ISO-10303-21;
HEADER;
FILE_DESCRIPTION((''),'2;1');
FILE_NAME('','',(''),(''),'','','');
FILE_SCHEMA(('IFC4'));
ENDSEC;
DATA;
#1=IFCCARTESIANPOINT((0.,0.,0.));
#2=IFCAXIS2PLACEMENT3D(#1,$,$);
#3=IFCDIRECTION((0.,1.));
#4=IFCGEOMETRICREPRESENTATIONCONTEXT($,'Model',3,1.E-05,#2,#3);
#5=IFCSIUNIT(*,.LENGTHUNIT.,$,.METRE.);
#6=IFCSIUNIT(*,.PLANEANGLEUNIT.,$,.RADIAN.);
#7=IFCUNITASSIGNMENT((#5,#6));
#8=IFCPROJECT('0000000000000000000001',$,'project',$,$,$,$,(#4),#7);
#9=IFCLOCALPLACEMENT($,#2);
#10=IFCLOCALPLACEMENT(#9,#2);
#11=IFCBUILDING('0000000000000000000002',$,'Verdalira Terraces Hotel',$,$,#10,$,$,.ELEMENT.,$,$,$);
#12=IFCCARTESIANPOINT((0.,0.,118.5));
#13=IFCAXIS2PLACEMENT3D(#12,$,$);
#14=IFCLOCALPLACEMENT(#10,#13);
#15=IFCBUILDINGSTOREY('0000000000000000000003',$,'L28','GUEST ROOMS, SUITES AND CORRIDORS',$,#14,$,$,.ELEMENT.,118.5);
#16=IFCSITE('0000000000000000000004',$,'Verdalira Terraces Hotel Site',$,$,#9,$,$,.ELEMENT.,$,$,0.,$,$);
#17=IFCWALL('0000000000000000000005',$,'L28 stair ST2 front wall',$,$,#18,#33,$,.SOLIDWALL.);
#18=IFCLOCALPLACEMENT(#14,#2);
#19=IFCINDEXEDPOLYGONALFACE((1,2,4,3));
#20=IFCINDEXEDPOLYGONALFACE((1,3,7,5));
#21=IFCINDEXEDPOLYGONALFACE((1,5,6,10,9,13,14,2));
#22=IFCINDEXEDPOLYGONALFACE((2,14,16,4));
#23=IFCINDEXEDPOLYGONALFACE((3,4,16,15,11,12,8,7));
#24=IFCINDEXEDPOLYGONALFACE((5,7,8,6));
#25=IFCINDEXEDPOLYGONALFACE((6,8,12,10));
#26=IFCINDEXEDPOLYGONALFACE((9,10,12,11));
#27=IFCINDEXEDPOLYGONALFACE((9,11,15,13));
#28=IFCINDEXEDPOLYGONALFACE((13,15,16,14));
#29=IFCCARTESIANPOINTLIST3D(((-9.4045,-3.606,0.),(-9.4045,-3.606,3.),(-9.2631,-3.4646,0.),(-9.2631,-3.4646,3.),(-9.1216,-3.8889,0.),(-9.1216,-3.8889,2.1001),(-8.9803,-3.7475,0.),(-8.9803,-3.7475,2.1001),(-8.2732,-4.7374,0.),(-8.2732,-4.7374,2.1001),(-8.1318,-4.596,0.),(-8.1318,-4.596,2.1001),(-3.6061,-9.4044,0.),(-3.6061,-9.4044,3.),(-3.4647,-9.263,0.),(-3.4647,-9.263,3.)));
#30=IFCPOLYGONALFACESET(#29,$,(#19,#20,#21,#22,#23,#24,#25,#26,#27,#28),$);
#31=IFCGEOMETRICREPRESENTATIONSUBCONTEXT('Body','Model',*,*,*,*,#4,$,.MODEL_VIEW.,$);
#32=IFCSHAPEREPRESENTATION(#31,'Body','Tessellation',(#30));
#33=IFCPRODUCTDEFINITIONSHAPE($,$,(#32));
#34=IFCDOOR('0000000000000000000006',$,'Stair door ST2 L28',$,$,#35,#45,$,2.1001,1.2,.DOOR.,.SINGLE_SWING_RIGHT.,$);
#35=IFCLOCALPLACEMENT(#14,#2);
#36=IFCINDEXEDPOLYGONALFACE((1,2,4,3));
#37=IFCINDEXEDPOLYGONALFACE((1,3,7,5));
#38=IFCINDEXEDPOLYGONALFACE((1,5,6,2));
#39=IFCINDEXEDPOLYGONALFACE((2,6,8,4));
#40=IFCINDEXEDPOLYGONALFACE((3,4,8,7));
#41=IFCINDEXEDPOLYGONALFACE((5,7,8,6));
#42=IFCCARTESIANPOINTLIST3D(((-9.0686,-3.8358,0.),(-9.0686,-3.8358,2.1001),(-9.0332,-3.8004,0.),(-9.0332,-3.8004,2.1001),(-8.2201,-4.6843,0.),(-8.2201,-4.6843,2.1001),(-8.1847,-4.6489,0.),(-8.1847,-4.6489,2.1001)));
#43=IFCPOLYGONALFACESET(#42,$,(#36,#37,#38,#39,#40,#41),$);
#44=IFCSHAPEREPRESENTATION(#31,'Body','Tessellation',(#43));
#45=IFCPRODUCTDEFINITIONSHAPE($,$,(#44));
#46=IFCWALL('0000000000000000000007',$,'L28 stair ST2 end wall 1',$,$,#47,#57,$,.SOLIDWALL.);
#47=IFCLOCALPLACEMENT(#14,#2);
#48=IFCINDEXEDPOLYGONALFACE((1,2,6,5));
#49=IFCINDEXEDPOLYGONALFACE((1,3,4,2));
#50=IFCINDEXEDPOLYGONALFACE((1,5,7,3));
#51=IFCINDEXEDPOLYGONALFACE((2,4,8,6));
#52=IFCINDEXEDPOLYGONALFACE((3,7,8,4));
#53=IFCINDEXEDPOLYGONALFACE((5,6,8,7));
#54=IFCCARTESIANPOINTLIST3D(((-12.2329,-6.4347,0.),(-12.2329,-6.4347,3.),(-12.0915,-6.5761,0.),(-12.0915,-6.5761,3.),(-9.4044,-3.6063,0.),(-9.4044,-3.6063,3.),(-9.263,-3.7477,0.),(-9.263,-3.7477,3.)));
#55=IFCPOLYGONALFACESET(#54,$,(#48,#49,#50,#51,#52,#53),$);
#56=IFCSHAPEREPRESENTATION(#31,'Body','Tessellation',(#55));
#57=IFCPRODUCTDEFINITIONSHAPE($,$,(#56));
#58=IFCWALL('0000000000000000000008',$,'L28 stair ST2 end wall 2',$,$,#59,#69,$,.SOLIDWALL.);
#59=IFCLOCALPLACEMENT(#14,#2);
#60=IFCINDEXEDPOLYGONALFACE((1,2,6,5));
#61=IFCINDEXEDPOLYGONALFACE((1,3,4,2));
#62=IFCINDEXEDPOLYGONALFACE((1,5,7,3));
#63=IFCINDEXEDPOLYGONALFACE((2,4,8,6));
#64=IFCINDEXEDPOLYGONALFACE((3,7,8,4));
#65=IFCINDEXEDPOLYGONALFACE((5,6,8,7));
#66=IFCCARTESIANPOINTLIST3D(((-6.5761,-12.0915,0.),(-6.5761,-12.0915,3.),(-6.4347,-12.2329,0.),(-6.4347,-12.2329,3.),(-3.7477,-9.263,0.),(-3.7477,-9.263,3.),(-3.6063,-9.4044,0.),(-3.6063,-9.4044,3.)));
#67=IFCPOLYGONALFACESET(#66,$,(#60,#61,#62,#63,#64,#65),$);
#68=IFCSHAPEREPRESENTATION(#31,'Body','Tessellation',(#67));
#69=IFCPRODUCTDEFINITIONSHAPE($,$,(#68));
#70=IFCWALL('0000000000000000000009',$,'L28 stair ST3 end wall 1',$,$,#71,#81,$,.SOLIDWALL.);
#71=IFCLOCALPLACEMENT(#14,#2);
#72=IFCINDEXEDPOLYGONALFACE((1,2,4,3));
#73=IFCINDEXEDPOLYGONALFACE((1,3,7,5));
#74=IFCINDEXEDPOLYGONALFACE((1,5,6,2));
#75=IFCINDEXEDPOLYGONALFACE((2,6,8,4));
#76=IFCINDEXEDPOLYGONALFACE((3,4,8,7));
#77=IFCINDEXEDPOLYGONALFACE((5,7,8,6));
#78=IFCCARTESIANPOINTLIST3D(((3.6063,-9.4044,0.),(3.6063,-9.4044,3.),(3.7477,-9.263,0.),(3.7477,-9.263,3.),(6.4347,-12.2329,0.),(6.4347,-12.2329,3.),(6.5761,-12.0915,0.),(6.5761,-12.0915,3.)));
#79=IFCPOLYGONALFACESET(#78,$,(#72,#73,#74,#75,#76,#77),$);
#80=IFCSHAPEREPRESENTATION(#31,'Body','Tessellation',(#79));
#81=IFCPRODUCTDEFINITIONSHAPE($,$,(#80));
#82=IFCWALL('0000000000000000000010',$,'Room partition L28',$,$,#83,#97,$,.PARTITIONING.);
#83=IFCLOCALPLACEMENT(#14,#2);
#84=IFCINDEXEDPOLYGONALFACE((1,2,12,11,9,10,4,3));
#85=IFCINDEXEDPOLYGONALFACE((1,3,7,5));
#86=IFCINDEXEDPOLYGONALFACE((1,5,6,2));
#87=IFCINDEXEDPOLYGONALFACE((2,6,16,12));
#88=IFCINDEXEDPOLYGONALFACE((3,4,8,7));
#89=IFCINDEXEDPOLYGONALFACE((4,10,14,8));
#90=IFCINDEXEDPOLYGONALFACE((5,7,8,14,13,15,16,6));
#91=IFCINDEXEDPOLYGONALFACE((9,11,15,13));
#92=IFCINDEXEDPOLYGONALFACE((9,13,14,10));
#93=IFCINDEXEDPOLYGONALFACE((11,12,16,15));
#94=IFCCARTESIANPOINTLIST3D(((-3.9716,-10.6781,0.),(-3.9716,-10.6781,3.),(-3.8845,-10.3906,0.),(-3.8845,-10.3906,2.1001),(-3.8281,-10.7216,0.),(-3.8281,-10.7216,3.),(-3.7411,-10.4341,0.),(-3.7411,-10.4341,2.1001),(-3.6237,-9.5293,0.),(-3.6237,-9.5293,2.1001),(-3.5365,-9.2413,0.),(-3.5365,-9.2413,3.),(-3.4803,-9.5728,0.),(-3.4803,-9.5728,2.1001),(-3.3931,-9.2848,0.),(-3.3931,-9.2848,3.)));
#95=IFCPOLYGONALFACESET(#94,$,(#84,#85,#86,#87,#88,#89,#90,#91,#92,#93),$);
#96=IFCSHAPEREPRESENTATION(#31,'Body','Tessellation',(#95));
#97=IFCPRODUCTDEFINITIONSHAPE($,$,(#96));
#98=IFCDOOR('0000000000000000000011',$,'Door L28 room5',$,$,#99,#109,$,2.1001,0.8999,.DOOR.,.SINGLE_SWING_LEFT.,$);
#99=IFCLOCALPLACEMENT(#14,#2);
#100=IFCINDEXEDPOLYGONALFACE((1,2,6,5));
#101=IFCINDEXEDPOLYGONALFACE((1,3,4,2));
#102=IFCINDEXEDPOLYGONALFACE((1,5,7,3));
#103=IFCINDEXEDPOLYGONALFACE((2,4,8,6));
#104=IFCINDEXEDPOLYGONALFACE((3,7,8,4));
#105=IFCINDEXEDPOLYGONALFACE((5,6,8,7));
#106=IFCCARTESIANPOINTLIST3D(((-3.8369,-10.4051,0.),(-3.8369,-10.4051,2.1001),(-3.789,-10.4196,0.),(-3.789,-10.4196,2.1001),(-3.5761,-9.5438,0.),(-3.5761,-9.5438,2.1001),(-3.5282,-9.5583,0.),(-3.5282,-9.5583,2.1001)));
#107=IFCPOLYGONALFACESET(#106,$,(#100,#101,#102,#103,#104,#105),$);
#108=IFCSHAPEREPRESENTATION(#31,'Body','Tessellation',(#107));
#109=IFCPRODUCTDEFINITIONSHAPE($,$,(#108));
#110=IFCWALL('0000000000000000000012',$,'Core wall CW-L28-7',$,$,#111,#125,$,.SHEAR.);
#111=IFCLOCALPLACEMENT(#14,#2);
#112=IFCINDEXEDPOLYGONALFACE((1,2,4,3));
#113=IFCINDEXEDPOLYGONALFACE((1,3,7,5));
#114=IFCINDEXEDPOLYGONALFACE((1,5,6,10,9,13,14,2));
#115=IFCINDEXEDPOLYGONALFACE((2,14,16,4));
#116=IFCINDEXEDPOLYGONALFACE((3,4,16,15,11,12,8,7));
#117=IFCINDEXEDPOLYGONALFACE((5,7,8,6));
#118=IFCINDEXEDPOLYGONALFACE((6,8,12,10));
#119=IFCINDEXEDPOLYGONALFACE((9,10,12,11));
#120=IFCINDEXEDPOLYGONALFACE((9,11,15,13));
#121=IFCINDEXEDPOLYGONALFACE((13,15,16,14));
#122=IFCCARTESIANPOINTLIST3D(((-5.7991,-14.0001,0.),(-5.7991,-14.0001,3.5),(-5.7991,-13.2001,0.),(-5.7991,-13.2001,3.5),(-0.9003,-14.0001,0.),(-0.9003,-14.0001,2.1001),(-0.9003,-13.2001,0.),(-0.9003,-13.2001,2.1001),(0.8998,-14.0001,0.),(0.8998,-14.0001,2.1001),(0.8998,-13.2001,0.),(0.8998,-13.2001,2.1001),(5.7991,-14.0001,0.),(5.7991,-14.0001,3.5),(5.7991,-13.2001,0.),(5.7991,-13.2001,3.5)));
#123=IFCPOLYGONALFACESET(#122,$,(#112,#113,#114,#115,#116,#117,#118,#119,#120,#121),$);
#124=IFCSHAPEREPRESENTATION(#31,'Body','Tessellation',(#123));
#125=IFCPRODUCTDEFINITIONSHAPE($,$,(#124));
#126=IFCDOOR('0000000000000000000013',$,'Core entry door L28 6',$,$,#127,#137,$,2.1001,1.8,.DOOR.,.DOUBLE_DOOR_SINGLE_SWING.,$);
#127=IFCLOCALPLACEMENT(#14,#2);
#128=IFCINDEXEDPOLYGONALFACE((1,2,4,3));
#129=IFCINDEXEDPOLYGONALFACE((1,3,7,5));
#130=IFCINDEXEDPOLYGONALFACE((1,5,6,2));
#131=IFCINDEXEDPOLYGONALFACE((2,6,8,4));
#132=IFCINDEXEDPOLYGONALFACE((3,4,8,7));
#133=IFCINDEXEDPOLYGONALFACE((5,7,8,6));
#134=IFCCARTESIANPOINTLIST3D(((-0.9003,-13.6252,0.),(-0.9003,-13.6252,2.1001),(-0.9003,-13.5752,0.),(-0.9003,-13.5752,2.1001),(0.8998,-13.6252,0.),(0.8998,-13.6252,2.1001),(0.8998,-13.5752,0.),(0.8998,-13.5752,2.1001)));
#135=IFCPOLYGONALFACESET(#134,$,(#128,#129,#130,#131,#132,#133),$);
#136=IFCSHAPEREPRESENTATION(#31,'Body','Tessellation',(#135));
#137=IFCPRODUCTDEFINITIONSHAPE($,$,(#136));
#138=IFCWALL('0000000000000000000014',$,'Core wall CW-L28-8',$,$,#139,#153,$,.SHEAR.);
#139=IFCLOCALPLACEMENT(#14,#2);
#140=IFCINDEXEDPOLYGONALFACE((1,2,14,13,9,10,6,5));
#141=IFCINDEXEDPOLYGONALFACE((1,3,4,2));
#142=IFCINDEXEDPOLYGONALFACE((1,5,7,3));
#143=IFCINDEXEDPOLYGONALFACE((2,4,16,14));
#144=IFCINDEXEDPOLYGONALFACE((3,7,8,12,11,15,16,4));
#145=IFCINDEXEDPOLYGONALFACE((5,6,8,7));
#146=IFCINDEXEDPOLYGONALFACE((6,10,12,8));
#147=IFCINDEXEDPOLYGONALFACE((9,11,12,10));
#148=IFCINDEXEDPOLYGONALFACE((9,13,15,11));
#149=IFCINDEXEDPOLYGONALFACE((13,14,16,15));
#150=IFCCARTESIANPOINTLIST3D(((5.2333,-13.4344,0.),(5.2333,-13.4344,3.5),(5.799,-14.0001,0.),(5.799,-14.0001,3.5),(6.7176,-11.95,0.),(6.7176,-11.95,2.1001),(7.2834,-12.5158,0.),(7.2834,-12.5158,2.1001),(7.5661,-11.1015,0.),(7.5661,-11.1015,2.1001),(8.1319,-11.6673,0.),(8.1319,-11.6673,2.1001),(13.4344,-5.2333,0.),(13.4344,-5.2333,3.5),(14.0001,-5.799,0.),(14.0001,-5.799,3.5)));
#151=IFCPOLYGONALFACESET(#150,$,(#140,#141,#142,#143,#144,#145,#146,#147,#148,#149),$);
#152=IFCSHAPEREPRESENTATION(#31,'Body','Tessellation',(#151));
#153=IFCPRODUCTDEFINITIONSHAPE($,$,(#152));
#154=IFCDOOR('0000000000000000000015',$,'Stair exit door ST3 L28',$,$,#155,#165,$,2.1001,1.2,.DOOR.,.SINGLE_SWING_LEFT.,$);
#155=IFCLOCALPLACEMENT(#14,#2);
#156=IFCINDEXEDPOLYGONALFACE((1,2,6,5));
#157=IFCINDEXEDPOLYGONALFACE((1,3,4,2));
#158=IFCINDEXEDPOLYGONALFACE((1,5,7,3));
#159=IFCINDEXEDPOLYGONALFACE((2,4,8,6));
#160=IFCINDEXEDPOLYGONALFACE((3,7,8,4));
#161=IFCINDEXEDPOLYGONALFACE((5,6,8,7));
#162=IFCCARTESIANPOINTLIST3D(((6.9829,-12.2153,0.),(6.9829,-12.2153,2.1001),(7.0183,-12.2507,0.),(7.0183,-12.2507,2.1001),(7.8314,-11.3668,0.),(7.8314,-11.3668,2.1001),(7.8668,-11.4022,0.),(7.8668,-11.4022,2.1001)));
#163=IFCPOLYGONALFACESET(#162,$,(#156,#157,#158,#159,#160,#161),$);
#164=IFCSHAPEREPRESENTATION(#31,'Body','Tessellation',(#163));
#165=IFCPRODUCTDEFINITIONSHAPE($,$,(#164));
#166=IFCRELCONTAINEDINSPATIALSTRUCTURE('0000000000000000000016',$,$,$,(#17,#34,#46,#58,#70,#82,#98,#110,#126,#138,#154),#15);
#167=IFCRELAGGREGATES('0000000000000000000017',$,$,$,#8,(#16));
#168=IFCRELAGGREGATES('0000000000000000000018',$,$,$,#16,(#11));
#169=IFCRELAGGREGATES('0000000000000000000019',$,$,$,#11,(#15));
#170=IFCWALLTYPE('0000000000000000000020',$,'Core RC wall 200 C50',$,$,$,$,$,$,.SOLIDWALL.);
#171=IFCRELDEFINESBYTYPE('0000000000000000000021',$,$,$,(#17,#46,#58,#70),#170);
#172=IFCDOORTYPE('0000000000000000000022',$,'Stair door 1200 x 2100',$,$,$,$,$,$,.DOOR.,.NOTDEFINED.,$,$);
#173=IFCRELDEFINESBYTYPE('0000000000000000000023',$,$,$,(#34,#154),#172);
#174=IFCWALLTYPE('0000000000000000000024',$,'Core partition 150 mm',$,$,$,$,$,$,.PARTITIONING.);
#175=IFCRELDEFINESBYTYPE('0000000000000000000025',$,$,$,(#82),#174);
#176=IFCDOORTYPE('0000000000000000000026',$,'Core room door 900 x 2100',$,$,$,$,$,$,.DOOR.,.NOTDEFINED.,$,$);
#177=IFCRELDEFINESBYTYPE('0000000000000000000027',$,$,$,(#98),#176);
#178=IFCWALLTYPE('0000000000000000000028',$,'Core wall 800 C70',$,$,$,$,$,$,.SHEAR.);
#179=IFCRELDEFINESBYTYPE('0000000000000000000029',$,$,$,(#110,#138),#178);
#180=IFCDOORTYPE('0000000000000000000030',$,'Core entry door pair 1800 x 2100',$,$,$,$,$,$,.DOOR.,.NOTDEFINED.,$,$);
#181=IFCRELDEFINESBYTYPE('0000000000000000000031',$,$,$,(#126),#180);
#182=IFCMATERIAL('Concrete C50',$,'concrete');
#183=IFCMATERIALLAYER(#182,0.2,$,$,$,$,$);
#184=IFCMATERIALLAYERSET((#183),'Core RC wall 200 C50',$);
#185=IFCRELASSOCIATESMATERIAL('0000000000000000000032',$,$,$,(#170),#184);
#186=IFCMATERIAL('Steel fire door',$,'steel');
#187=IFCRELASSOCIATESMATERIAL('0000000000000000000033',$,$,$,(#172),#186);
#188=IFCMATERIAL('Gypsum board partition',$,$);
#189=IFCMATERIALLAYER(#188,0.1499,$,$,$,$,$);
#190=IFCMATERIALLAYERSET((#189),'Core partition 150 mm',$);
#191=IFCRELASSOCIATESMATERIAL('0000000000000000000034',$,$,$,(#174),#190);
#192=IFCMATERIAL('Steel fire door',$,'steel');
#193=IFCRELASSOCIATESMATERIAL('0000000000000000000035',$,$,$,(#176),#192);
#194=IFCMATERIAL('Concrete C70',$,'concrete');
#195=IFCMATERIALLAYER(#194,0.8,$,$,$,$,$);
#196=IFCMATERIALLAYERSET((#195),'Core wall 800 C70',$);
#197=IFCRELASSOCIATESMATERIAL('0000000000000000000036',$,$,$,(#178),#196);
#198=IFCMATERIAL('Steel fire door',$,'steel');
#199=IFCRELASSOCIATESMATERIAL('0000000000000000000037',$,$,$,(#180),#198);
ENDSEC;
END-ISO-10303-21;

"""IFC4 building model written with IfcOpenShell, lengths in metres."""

from ifc_helpers import new_model, si_unit, direction, frame, frame_2d, origin, place, context, subcontext, project, spatial, rectangle, extrude, material, layer, layer_set, type_object, element, fill, save


model = new_model("IFC4")

# Units and contexts
model_context = context("Model", 3, precision=1e-05, world=origin(), true_north=direction((0.0, 1.0)))
body_context = subcontext(model_context, "Body", "Model", "MODEL_VIEW")
ifc_project = project(units=[si_unit("LENGTHUNIT", "METRE"), si_unit("PLANEANGLEUNIT", "RADIAN")], contexts=[model_context])

# Site, building, storey
site_placement = place(None, origin())
site = spatial("IfcSite", under=ifc_project, at=site_placement, Name="Verdalira Terraces Hotel Site", CompositionType="ELEMENT", RefElevation=0.0)
building_placement = place(site_placement, origin())
building = spatial("IfcBuilding", under=site, at=building_placement, Name="Verdalira Terraces Hotel", CompositionType="ELEMENT")
storey_placement = place(building_placement, frame((0.0, 0.0, 118.5)))
storey = spatial("IfcBuildingStorey", under=building, at=storey_placement, Name="L28", Description="GUEST ROOMS, SUITES AND CORRIDORS", CompositionType="ELEMENT", Elevation=118.5)

# Wall, opening, door
ifc_material_1 = material(Name="Concrete C50", Category="concrete")
ifc_layer_1 = layer(ifc_material_1, 0.2)
ifc_layer_set_1 = layer_set([ifc_layer_1], Name="Core RC wall 200 C50")
wall_type_1 = type_object("IfcWallType", Name="Core RC wall 200 C50", PredefinedType="SOLIDWALL", material=ifc_layer_set_1)
wall_1_placement = place(storey_placement, frame((-3.5354, -9.3337, 0.0), z_axis=(0.0, 0.0, 1.0), x_axis=(-0.707107, 0.707107, 0.0)))
wall_1 = element("IfcWall", 1, at=wall_1_placement, inside=storey, type_object=wall_type_1, Name="L28 stair ST2 front wall", PredefinedType="SOLIDWALL", context=body_context, shape_type="SweptSolid", body=[
    extrude(rectangle(XDim=8.2002, YDim=0.2, at=frame_2d((4.1001, 0.0))), origin(), (0.0, 0.0, 1.0), 3.0),
])
opening_1_placement = place(wall_1_placement, frame((6.6001, 0.0, 0.0)))
opening_1 = element("IfcOpeningElement", 2, at=opening_1_placement, cuts=wall_1, PredefinedType="OPENING", context=body_context, shape_type="SweptSolid", body=[
    extrude(rectangle(XDim=1.2, YDim=2.1001, at=frame_2d((0.6001, 1.05))), frame((0.0, 0.1099, 0.0), z_axis=(0.0, -1.0, 0.0), x_axis=(1.0, 0.0, 0.0)), (0.0, 0.0, 1.0), 0.22),
])
ifc_material_2 = material(Name="Steel fire door", Category="steel")
door_type_1 = type_object("IfcDoorType", Name="Stair door 1200 x 2100", OperationType="NOTDEFINED", PredefinedType="DOOR", material=ifc_material_2)
door_1_placement = place(opening_1_placement, origin())
door_1 = element("IfcDoor", 3, at=door_1_placement, inside=storey, type_object=door_type_1, Name="Stair door ST2 L28", OperationType="SINGLE_SWING_RIGHT", OverallHeight=2.1001, OverallWidth=1.2, PredefinedType="DOOR", context=body_context, shape_type="SweptSolid", body=[
    extrude(rectangle(XDim=1.2, YDim=2.1001, at=frame_2d((0.6001, 1.05))), frame((0.0, 0.0249, 0.0), z_axis=(0.0, -1.0, 0.0), x_axis=(1.0, 0.0, 0.0)), (0.0, 0.0, 1.0), 0.05),
])
fill(opening_1, door_1)

# Walls
for number, where, z_axis, x_axis, name in (
    (4, (-9.3337, -3.677, 0.0), (0.0, 0.0, 1.0), (-0.707107, -0.707107, 0.0), "L28 stair ST2 end wall 1"),
    (5, (-3.677, -9.3337, 0.0), (0.0, 0.0, 1.0), (-0.707107, -0.707107, 0.0), "L28 stair ST2 end wall 2"),
    (6, (3.677, -9.3337, 0.0), (0.0, 0.0, 1.0), (0.707107, -0.707107, 0.0), "L28 stair ST3 end wall 1"),
):
    element("IfcWall", number, at=place(storey_placement, frame(where, z_axis=z_axis, x_axis=x_axis)), inside=storey, type_object=wall_type_1, Name=name, PredefinedType="SOLIDWALL", context=body_context, shape_type="SweptSolid", body=[
        extrude(rectangle(XDim=4.0, YDim=0.2, at=frame_2d((2.0, 0.0))), origin(), (0.0, 0.0, 1.0), 3.0),
    ])

# Walls, openings, doors
ifc_material_3 = material(Name="Gypsum board partition")
ifc_layer_2 = layer(ifc_material_3, 0.1499)
ifc_layer_set_2 = layer_set([ifc_layer_2], Name="Core partition 150 mm")
wall_type_2 = type_object("IfcWallType", Name="Core partition 150 mm", PredefinedType="PARTITIONING", material=ifc_layer_set_2)
wall_2_placement = place(storey_placement, frame((-3.4648, -9.2632, 0.0), z_axis=(0.0, 0.0, 1.0), x_axis=(-0.289809, -0.957085, 0.0)))
wall_2 = element("IfcWall", 7, at=wall_2_placement, inside=storey, type_object=wall_type_2, Name="Room partition L28", PredefinedType="PARTITIONING", context=body_context, shape_type="SweptSolid", body=[
    extrude(rectangle(XDim=1.5012, YDim=0.1499, at=frame_2d((0.7505, 0.0))), origin(), (0.0, 0.0, 1.0), 3.0),
])
opening_2_placement = place(wall_2_placement, frame((0.3008, 0.0, 0.0)))
opening_2 = element("IfcOpeningElement", 8, at=opening_2_placement, cuts=wall_2, PredefinedType="OPENING", context=body_context, shape_type="SweptSolid", body=[
    extrude(rectangle(XDim=0.8999, YDim=2.1001, at=frame_2d((0.45, 1.05))), frame((0.0, 0.085, 0.0), z_axis=(0.0, -1.0, 0.0), x_axis=(1.0, 0.0, 0.0)), (0.0, 0.0, 1.0), 0.1699),
])
ifc_material_4 = material(Name="Steel fire door", Category="steel")
door_type_2 = type_object("IfcDoorType", Name="Core room door 900 x 2100", OperationType="NOTDEFINED", PredefinedType="DOOR", material=ifc_material_4)
door_2_placement = place(opening_2_placement, origin())
door_2 = element("IfcDoor", 9, at=door_2_placement, inside=storey, type_object=door_type_2, Name="Door L28 room5", OperationType="SINGLE_SWING_LEFT", OverallHeight=2.1001, OverallWidth=0.8999, PredefinedType="DOOR", context=body_context, shape_type="SweptSolid", body=[
    extrude(rectangle(XDim=0.8999, YDim=2.1001, at=frame_2d((0.45, 1.05))), frame((0.0, 0.0249, 0.0), z_axis=(0.0, -1.0, 0.0), x_axis=(1.0, 0.0, 0.0)), (0.0, 0.0, 1.0), 0.05),
])
fill(opening_2, door_2)
ifc_material_5 = material(Name="Concrete C70", Category="concrete")
ifc_layer_3 = layer(ifc_material_5, 0.8)
ifc_layer_set_3 = layer_set([ifc_layer_3], Name="Core wall 800 C70")
wall_type_3 = type_object("IfcWallType", Name="Core wall 800 C70", PredefinedType="SHEAR", material=ifc_layer_set_3)
wall_3_placement = place(storey_placement, frame((-5.7991, -13.6001, 0.0), z_axis=(0.0, 0.0, 1.0), x_axis=(1.0, 0.0, 0.0)))
wall_3 = element("IfcWall", 10, at=wall_3_placement, inside=storey, type_object=wall_type_3, Name="Core wall CW-L28-7", PredefinedType="SHEAR", context=body_context, shape_type="SweptSolid", body=[
    extrude(rectangle(XDim=11.5981, YDim=0.8, at=frame_2d((5.7991, 0.0))), origin(), (0.0, 0.0, 1.0), 3.5),
])
opening_3_placement = place(wall_3_placement, frame((4.8989, 0.0, 0.0)))
opening_3 = element("IfcOpeningElement", 11, at=opening_3_placement, cuts=wall_3, PredefinedType="OPENING", context=body_context, shape_type="SweptSolid", body=[
    extrude(rectangle(XDim=1.8, YDim=2.1001, at=frame_2d((0.8999, 1.05))), frame((0.0, 0.4099, 0.0), z_axis=(0.0, -1.0, 0.0), x_axis=(1.0, 0.0, 0.0)), (0.0, 0.0, 1.0), 0.8201),
])
ifc_material_6 = material(Name="Steel fire door", Category="steel")
door_type_3 = type_object("IfcDoorType", Name="Core entry door pair 1800 x 2100", OperationType="NOTDEFINED", PredefinedType="DOOR", material=ifc_material_6)
door_3_placement = place(opening_3_placement, origin())
door_3 = element("IfcDoor", 12, at=door_3_placement, inside=storey, type_object=door_type_3, Name="Core entry door L28 6", OperationType="DOUBLE_DOOR_SINGLE_SWING", OverallHeight=2.1001, OverallWidth=1.8, PredefinedType="DOOR", context=body_context, shape_type="SweptSolid", body=[
    extrude(rectangle(XDim=1.8, YDim=2.1001, at=frame_2d((0.8999, 1.05))), frame((0.0, 0.0249, 0.0), z_axis=(0.0, -1.0, 0.0), x_axis=(1.0, 0.0, 0.0)), (0.0, 0.0, 1.0), 0.05),
])
fill(opening_3, door_3)
wall_4_placement = place(storey_placement, frame((5.5161, -13.7173, 0.0), z_axis=(0.0, 0.0, 1.0), x_axis=(0.707107, 0.707107, 0.0)))
wall_4 = element("IfcWall", 13, at=wall_4_placement, inside=storey, type_object=wall_type_3, Name="Core wall CW-L28-8", PredefinedType="SHEAR", context=body_context, shape_type="SweptSolid", body=[
    extrude(rectangle(XDim=11.5981, YDim=0.8, at=frame_2d((5.7991, 0.0))), origin(), (0.0, 0.0, 1.0), 3.5),
])
opening_4_placement = place(wall_4_placement, frame((2.0991, 0.0, 0.0)))
opening_4 = element("IfcOpeningElement", 14, at=opening_4_placement, cuts=wall_4, PredefinedType="OPENING", context=body_context, shape_type="SweptSolid", body=[
    extrude(rectangle(XDim=1.2, YDim=2.1001, at=frame_2d((0.6001, 1.05))), frame((0.0, 0.4099, 0.0), z_axis=(0.0, -1.0, 0.0), x_axis=(1.0, 0.0, 0.0)), (0.0, 0.0, 1.0), 0.8201),
])
door_4_placement = place(opening_4_placement, origin())
door_4 = element("IfcDoor", 15, at=door_4_placement, inside=storey, type_object=door_type_1, Name="Stair exit door ST3 L28", OperationType="SINGLE_SWING_LEFT", OverallHeight=2.1001, OverallWidth=1.2, PredefinedType="DOOR", context=body_context, shape_type="SweptSolid", body=[
    extrude(rectangle(XDim=1.2, YDim=2.1001, at=frame_2d((0.6001, 1.05))), frame((0.0, 0.0249, 0.0), z_axis=(0.0, -1.0, 0.0), x_axis=(1.0, 0.0, 0.0)), (0.0, 0.0, 1.0), 0.05),
])
fill(opening_4, door_4)

save(model, "model.ifc")
